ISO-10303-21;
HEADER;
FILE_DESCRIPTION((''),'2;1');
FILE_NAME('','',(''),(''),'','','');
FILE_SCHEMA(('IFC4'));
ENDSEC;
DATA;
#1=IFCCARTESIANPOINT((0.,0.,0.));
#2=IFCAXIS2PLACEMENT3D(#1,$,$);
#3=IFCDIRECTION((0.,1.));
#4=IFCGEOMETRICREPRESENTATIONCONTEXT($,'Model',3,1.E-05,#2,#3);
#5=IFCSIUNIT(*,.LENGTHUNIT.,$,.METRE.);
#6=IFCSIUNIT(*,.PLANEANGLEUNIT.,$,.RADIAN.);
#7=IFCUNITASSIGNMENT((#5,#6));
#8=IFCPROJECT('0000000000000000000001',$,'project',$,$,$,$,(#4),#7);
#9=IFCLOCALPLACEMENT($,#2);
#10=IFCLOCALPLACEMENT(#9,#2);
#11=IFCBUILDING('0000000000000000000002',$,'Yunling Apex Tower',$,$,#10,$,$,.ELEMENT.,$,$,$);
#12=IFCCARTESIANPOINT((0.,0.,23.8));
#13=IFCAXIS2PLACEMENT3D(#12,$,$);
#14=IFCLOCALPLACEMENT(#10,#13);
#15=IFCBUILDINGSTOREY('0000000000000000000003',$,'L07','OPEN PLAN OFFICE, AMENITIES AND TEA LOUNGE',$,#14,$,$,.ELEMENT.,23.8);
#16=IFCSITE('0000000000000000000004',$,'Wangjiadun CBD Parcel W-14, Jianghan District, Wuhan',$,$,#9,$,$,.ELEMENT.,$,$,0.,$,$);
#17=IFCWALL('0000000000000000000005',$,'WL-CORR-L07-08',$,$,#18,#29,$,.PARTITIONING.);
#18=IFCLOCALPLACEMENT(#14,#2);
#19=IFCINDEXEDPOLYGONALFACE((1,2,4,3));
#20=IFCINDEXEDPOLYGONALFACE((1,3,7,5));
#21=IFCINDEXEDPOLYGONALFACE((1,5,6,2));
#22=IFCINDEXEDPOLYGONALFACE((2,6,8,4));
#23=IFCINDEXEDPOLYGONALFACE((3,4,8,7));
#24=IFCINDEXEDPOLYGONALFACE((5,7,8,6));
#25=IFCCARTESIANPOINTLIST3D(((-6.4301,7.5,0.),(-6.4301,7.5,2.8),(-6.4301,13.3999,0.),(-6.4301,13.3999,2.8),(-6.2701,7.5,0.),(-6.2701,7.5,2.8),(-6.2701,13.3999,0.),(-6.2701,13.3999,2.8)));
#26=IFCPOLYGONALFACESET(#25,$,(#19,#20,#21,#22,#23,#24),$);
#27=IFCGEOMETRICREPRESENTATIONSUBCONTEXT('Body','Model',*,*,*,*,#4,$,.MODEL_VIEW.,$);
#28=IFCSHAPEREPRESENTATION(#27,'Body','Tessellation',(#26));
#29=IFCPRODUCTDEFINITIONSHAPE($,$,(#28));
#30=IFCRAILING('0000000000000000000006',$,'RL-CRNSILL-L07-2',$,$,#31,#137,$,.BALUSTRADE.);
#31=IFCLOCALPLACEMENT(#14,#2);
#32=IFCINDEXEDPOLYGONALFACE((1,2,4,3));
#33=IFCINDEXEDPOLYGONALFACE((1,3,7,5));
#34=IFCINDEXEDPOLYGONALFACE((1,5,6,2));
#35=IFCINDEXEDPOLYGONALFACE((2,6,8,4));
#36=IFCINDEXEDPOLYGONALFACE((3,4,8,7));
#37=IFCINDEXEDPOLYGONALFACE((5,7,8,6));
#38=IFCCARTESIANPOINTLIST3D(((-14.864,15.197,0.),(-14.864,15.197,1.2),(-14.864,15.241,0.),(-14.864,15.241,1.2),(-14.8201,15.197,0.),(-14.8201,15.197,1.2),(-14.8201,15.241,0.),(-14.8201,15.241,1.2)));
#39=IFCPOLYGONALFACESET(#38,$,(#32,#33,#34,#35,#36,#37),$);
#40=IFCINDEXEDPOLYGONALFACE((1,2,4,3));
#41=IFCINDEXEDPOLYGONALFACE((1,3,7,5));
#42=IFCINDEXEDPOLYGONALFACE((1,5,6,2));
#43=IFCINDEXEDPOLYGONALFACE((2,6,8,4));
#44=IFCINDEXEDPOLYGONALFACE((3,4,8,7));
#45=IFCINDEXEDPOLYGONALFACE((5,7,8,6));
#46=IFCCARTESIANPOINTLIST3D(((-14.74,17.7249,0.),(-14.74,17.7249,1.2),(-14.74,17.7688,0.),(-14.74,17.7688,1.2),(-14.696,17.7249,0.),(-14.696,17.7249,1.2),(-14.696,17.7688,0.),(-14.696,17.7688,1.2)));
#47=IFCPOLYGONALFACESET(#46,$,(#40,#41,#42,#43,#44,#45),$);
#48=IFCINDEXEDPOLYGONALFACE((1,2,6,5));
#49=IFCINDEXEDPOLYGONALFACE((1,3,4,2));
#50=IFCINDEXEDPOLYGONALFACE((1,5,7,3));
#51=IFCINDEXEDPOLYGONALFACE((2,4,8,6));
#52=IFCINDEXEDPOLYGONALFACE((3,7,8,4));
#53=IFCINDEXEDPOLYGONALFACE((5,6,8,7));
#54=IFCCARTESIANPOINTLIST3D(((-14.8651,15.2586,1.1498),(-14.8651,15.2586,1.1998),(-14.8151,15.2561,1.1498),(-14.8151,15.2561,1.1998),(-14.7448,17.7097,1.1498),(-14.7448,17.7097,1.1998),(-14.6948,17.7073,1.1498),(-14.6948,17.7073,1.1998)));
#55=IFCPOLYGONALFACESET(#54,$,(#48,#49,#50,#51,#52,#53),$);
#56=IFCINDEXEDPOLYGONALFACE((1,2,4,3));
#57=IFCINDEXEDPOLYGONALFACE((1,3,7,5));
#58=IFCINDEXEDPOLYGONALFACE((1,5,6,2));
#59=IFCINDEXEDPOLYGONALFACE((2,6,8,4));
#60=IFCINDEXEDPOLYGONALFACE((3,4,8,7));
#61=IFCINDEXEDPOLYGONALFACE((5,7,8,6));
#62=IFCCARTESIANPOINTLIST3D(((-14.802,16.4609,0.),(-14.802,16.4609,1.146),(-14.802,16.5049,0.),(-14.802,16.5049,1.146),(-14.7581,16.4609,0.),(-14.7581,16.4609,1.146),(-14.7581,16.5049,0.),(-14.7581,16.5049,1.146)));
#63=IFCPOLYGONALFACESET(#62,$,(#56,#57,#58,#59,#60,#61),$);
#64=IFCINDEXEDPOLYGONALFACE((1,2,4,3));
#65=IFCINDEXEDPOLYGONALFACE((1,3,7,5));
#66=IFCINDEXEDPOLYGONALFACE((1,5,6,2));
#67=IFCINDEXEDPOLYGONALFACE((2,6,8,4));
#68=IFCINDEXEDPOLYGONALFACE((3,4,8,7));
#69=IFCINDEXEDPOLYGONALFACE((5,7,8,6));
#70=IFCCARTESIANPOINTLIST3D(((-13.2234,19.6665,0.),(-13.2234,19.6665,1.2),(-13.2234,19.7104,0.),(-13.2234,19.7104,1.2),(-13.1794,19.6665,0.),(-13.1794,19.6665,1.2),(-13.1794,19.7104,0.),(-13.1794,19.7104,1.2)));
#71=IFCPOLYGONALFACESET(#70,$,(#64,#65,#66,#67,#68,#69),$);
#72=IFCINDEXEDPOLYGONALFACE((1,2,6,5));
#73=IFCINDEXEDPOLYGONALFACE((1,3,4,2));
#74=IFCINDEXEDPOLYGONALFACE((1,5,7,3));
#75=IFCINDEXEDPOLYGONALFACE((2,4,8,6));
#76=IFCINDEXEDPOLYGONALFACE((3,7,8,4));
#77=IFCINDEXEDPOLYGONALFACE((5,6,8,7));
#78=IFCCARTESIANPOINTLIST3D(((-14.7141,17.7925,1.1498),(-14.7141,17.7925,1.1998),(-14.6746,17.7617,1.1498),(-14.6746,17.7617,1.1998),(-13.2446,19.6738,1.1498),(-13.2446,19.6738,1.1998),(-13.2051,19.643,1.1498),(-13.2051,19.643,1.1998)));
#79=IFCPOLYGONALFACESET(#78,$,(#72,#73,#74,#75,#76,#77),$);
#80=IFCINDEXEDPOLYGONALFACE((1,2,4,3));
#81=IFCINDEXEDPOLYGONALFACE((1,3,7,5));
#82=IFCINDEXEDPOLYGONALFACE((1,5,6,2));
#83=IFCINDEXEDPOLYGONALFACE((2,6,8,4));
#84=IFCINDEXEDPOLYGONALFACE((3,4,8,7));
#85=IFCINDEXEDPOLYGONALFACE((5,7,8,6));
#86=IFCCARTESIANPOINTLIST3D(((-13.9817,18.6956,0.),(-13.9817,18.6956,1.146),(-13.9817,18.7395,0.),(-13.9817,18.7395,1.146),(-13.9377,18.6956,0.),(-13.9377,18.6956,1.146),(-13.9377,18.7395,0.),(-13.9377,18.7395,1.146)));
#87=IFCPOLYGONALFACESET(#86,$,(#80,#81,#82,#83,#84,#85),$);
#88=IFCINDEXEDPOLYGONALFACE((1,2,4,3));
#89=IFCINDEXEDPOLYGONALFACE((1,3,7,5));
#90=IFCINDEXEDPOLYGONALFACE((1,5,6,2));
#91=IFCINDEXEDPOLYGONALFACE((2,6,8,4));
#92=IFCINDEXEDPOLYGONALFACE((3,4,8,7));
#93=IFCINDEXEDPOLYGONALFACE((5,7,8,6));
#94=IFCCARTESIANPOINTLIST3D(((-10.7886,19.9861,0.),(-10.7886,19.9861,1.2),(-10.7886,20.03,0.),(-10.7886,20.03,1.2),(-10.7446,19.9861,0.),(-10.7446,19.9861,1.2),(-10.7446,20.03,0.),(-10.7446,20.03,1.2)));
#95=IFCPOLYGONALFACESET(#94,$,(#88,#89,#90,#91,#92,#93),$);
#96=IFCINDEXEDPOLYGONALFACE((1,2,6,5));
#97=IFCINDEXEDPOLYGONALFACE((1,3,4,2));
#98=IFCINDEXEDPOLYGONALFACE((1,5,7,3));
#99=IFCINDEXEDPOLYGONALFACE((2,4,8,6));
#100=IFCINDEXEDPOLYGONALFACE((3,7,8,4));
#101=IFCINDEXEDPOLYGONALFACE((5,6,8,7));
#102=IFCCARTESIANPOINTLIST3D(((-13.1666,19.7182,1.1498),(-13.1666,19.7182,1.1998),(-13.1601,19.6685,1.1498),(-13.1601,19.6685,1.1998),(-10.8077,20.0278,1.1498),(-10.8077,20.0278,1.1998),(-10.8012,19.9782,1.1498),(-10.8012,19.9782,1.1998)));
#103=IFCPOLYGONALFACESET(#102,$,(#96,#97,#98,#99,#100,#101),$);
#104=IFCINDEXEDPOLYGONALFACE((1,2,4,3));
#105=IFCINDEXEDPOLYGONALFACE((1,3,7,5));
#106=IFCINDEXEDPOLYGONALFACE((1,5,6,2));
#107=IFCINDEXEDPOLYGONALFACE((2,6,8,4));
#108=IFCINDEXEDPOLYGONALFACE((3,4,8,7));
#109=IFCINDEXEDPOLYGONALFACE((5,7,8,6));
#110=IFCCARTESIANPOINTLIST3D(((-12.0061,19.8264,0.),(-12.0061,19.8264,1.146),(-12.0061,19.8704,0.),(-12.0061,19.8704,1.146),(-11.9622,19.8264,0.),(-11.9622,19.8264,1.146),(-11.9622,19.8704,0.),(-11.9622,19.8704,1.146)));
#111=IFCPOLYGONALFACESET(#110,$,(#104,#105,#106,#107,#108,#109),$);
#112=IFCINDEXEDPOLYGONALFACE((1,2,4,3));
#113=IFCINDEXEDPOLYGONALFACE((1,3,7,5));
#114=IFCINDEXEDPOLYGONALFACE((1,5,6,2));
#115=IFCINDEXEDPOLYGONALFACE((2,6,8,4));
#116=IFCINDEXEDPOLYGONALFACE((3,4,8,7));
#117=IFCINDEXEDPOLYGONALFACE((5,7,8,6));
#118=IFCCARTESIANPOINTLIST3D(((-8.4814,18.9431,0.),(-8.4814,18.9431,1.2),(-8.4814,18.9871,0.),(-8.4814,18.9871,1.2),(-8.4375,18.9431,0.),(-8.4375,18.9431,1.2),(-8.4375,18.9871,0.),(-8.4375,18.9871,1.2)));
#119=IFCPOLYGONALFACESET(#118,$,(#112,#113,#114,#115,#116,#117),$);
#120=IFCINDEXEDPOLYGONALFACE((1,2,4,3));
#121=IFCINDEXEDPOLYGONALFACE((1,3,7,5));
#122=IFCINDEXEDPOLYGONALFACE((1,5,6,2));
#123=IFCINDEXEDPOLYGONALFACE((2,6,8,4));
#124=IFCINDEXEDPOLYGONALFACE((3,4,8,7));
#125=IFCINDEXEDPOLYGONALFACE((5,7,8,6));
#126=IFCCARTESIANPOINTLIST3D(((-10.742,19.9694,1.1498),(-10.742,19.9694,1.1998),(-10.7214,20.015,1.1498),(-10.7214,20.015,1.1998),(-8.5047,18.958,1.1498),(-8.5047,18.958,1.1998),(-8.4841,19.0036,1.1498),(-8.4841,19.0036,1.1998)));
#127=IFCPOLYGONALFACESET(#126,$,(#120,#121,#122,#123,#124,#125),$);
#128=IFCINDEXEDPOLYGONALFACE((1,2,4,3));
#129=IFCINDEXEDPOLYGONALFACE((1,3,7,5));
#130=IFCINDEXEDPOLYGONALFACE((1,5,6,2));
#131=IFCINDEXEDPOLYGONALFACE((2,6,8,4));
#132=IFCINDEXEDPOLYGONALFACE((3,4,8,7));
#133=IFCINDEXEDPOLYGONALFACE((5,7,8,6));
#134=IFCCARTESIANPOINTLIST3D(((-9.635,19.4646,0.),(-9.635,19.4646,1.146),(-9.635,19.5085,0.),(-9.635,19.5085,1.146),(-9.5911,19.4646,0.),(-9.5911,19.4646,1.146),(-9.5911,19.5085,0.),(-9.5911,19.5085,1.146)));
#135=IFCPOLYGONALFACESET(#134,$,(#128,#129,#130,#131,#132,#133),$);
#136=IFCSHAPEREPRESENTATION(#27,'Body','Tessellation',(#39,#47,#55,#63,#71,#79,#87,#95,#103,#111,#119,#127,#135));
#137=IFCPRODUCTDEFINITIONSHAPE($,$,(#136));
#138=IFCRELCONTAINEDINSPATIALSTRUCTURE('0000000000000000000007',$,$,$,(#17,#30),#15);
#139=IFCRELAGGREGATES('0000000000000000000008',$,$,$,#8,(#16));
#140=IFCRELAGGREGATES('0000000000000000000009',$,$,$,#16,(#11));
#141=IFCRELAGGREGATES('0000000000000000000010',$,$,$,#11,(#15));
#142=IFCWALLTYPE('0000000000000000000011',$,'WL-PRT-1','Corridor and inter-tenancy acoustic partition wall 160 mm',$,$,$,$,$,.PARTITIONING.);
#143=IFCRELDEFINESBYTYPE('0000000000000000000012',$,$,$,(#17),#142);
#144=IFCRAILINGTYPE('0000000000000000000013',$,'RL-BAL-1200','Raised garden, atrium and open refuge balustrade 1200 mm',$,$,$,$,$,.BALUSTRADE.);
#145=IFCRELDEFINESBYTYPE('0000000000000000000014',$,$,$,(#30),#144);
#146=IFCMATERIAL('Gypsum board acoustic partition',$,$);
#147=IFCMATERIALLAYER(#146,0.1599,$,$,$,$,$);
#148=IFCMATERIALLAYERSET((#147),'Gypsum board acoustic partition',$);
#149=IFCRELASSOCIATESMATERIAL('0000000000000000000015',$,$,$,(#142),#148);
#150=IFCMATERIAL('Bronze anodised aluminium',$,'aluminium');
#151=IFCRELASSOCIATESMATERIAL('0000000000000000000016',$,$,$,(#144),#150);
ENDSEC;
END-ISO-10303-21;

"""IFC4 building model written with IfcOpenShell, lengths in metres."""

from ifc_helpers import new_model, si_unit, direction, frame, frame_2d, origin, origin_2d, place, context, subcontext, project, spatial, rectangle, extrude, material, layer, layer_set, type_object, element, save


model = new_model("IFC4")

# Units and contexts
model_context = context("Model", 3, precision=1e-05, world=origin(), true_north=direction((0.0, 1.0)))
body_context = subcontext(model_context, "Body", "Model", "MODEL_VIEW")
ifc_project = project(units=[si_unit("LENGTHUNIT", "METRE"), si_unit("PLANEANGLEUNIT", "RADIAN")], contexts=[model_context])

# Site, building, storey
site_placement = place(None, origin())
site = spatial("IfcSite", under=ifc_project, at=site_placement, Name="Wangjiadun CBD Parcel W-14, Jianghan District, Wuhan", CompositionType="ELEMENT", RefElevation=0.0)
building_placement = place(site_placement, origin())
building = spatial("IfcBuilding", under=site, at=building_placement, Name="Yunling Apex Tower", CompositionType="ELEMENT")
storey_placement = place(building_placement, frame((0.0, 0.0, 23.8)))
storey = spatial("IfcBuildingStorey", under=building, at=storey_placement, Name="L07", Description="OPEN PLAN OFFICE, AMENITIES AND TEA LOUNGE", CompositionType="ELEMENT", Elevation=23.8)

# Shared definitions
ifc_material_1 = material(Name="Bronze anodised aluminium", Category="aluminium")

# Wall
ifc_material_2 = material(Name="Gypsum board acoustic partition")
ifc_layer_1 = layer(ifc_material_2, 0.1599)
ifc_layer_set_1 = layer_set([ifc_layer_1], Name="Gypsum board acoustic partition")
wall_type = type_object("IfcWallType", Name="WL-PRT-1", Description="Corridor and inter-tenancy acoustic partition wall 160 mm", PredefinedType="PARTITIONING", material=ifc_layer_set_1)
wall_placement = place(storey_placement, frame((-6.3501, 13.3999, 0.0), z_axis=(0.0, 0.0, 1.0), x_axis=(0.0, -1.0, 0.0)))
element("IfcWall", 1, at=wall_placement, inside=storey, type_object=wall_type, Name="WL-CORR-L07-08", PredefinedType="PARTITIONING", context=body_context, shape_type="SweptSolid", body=[
    extrude(rectangle(XDim=5.8999, YDim=0.1599, at=frame_2d((2.95, 0.0))), origin(), (0.0, 0.0, 1.0), 2.8),
])

# Railing
railing_type = type_object("IfcRailingType", Name="RL-BAL-1200", Description="Raised garden, atrium and open refuge balustrade 1200 mm", PredefinedType="BALUSTRADE", material=ifc_material_1)
railing_placement = place(storey_placement, frame((-14.842, 15.219, 0.0)))
element("IfcRailing", 2, at=railing_placement, inside=storey, type_object=railing_type, Name="RL-CRNSILL-L07-2", PredefinedType="BALUSTRADE", context=body_context, shape_type="SweptSolid", body=[
    extrude(rectangle(XDim=0.0439, YDim=0.0439, at=origin_2d()), origin(), (0.0, 0.0, 1.0), 1.2),
    extrude(rectangle(XDim=0.0439, YDim=0.0439, at=origin_2d()), frame((0.124, 2.5278, 0.0)), (0.0, 0.0, 1.0), 1.2),
    extrude(rectangle(XDim=0.05, YDim=0.05, at=origin_2d()), frame((0.002, 0.0383, 1.1748), z_axis=(0.049004, 0.998799, 0.0), x_axis=(-0.998799, 0.049004, 0.0)), (0.0, 0.0, 1.0), 2.4541),
    extrude(rectangle(XDim=0.0439, YDim=0.0439, at=origin_2d()), frame((0.062, 1.2639, 0.0)), (0.0, 0.0, 1.0), 1.146),
    extrude(rectangle(XDim=0.0439, YDim=0.0439, at=origin_2d()), frame((1.6406, 4.4695, 0.0)), (0.0, 0.0, 1.0), 1.2),
    extrude(rectangle(XDim=0.05, YDim=0.05, at=origin_2d()), frame((0.1477, 2.5581, 1.1748), z_axis=(0.615565, 0.788086, 0.0), x_axis=(-0.788086, 0.615565, 0.0)), (0.0, 0.0, 1.0), 2.3872),
    extrude(rectangle(XDim=0.0439, YDim=0.0439, at=origin_2d()), frame((0.8823, 3.4985, 0.0)), (0.0, 0.0, 1.0), 1.146),
    extrude(rectangle(XDim=0.0439, YDim=0.0439, at=origin_2d()), frame((4.0754, 4.7891, 0.0)), (0.0, 0.0, 1.0), 1.2),
    extrude(rectangle(XDim=0.05, YDim=0.05, at=origin_2d()), frame((1.6787, 4.4744, 1.1748), z_axis=(0.991496, 0.130138, 0.0), x_axis=(-0.130138, 0.991496, 0.0)), (0.0, 0.0, 1.0), 2.3792),
    extrude(rectangle(XDim=0.0439, YDim=0.0439, at=origin_2d()), frame((2.8579, 4.6294, 0.0)), (0.0, 0.0, 1.0), 1.146),
    extrude(rectangle(XDim=0.0439, YDim=0.0439, at=origin_2d()), frame((6.3826, 3.7461, 0.0)), (0.0, 0.0, 1.0), 1.2),
    extrude(rectangle(XDim=0.05, YDim=0.05, at=origin_2d()), frame((4.1104, 4.7732, 1.1748), z_axis=(0.911217, -0.411928, 0.0), x_axis=(0.411928, 0.911217, 0.0)), (0.0, 0.0, 1.0), 2.4553),
    extrude(rectangle(XDim=0.0439, YDim=0.0439, at=origin_2d()), frame((5.229, 4.2676, 0.0)), (0.0, 0.0, 1.0), 1.146),
])

save(model, "model.ifc")
